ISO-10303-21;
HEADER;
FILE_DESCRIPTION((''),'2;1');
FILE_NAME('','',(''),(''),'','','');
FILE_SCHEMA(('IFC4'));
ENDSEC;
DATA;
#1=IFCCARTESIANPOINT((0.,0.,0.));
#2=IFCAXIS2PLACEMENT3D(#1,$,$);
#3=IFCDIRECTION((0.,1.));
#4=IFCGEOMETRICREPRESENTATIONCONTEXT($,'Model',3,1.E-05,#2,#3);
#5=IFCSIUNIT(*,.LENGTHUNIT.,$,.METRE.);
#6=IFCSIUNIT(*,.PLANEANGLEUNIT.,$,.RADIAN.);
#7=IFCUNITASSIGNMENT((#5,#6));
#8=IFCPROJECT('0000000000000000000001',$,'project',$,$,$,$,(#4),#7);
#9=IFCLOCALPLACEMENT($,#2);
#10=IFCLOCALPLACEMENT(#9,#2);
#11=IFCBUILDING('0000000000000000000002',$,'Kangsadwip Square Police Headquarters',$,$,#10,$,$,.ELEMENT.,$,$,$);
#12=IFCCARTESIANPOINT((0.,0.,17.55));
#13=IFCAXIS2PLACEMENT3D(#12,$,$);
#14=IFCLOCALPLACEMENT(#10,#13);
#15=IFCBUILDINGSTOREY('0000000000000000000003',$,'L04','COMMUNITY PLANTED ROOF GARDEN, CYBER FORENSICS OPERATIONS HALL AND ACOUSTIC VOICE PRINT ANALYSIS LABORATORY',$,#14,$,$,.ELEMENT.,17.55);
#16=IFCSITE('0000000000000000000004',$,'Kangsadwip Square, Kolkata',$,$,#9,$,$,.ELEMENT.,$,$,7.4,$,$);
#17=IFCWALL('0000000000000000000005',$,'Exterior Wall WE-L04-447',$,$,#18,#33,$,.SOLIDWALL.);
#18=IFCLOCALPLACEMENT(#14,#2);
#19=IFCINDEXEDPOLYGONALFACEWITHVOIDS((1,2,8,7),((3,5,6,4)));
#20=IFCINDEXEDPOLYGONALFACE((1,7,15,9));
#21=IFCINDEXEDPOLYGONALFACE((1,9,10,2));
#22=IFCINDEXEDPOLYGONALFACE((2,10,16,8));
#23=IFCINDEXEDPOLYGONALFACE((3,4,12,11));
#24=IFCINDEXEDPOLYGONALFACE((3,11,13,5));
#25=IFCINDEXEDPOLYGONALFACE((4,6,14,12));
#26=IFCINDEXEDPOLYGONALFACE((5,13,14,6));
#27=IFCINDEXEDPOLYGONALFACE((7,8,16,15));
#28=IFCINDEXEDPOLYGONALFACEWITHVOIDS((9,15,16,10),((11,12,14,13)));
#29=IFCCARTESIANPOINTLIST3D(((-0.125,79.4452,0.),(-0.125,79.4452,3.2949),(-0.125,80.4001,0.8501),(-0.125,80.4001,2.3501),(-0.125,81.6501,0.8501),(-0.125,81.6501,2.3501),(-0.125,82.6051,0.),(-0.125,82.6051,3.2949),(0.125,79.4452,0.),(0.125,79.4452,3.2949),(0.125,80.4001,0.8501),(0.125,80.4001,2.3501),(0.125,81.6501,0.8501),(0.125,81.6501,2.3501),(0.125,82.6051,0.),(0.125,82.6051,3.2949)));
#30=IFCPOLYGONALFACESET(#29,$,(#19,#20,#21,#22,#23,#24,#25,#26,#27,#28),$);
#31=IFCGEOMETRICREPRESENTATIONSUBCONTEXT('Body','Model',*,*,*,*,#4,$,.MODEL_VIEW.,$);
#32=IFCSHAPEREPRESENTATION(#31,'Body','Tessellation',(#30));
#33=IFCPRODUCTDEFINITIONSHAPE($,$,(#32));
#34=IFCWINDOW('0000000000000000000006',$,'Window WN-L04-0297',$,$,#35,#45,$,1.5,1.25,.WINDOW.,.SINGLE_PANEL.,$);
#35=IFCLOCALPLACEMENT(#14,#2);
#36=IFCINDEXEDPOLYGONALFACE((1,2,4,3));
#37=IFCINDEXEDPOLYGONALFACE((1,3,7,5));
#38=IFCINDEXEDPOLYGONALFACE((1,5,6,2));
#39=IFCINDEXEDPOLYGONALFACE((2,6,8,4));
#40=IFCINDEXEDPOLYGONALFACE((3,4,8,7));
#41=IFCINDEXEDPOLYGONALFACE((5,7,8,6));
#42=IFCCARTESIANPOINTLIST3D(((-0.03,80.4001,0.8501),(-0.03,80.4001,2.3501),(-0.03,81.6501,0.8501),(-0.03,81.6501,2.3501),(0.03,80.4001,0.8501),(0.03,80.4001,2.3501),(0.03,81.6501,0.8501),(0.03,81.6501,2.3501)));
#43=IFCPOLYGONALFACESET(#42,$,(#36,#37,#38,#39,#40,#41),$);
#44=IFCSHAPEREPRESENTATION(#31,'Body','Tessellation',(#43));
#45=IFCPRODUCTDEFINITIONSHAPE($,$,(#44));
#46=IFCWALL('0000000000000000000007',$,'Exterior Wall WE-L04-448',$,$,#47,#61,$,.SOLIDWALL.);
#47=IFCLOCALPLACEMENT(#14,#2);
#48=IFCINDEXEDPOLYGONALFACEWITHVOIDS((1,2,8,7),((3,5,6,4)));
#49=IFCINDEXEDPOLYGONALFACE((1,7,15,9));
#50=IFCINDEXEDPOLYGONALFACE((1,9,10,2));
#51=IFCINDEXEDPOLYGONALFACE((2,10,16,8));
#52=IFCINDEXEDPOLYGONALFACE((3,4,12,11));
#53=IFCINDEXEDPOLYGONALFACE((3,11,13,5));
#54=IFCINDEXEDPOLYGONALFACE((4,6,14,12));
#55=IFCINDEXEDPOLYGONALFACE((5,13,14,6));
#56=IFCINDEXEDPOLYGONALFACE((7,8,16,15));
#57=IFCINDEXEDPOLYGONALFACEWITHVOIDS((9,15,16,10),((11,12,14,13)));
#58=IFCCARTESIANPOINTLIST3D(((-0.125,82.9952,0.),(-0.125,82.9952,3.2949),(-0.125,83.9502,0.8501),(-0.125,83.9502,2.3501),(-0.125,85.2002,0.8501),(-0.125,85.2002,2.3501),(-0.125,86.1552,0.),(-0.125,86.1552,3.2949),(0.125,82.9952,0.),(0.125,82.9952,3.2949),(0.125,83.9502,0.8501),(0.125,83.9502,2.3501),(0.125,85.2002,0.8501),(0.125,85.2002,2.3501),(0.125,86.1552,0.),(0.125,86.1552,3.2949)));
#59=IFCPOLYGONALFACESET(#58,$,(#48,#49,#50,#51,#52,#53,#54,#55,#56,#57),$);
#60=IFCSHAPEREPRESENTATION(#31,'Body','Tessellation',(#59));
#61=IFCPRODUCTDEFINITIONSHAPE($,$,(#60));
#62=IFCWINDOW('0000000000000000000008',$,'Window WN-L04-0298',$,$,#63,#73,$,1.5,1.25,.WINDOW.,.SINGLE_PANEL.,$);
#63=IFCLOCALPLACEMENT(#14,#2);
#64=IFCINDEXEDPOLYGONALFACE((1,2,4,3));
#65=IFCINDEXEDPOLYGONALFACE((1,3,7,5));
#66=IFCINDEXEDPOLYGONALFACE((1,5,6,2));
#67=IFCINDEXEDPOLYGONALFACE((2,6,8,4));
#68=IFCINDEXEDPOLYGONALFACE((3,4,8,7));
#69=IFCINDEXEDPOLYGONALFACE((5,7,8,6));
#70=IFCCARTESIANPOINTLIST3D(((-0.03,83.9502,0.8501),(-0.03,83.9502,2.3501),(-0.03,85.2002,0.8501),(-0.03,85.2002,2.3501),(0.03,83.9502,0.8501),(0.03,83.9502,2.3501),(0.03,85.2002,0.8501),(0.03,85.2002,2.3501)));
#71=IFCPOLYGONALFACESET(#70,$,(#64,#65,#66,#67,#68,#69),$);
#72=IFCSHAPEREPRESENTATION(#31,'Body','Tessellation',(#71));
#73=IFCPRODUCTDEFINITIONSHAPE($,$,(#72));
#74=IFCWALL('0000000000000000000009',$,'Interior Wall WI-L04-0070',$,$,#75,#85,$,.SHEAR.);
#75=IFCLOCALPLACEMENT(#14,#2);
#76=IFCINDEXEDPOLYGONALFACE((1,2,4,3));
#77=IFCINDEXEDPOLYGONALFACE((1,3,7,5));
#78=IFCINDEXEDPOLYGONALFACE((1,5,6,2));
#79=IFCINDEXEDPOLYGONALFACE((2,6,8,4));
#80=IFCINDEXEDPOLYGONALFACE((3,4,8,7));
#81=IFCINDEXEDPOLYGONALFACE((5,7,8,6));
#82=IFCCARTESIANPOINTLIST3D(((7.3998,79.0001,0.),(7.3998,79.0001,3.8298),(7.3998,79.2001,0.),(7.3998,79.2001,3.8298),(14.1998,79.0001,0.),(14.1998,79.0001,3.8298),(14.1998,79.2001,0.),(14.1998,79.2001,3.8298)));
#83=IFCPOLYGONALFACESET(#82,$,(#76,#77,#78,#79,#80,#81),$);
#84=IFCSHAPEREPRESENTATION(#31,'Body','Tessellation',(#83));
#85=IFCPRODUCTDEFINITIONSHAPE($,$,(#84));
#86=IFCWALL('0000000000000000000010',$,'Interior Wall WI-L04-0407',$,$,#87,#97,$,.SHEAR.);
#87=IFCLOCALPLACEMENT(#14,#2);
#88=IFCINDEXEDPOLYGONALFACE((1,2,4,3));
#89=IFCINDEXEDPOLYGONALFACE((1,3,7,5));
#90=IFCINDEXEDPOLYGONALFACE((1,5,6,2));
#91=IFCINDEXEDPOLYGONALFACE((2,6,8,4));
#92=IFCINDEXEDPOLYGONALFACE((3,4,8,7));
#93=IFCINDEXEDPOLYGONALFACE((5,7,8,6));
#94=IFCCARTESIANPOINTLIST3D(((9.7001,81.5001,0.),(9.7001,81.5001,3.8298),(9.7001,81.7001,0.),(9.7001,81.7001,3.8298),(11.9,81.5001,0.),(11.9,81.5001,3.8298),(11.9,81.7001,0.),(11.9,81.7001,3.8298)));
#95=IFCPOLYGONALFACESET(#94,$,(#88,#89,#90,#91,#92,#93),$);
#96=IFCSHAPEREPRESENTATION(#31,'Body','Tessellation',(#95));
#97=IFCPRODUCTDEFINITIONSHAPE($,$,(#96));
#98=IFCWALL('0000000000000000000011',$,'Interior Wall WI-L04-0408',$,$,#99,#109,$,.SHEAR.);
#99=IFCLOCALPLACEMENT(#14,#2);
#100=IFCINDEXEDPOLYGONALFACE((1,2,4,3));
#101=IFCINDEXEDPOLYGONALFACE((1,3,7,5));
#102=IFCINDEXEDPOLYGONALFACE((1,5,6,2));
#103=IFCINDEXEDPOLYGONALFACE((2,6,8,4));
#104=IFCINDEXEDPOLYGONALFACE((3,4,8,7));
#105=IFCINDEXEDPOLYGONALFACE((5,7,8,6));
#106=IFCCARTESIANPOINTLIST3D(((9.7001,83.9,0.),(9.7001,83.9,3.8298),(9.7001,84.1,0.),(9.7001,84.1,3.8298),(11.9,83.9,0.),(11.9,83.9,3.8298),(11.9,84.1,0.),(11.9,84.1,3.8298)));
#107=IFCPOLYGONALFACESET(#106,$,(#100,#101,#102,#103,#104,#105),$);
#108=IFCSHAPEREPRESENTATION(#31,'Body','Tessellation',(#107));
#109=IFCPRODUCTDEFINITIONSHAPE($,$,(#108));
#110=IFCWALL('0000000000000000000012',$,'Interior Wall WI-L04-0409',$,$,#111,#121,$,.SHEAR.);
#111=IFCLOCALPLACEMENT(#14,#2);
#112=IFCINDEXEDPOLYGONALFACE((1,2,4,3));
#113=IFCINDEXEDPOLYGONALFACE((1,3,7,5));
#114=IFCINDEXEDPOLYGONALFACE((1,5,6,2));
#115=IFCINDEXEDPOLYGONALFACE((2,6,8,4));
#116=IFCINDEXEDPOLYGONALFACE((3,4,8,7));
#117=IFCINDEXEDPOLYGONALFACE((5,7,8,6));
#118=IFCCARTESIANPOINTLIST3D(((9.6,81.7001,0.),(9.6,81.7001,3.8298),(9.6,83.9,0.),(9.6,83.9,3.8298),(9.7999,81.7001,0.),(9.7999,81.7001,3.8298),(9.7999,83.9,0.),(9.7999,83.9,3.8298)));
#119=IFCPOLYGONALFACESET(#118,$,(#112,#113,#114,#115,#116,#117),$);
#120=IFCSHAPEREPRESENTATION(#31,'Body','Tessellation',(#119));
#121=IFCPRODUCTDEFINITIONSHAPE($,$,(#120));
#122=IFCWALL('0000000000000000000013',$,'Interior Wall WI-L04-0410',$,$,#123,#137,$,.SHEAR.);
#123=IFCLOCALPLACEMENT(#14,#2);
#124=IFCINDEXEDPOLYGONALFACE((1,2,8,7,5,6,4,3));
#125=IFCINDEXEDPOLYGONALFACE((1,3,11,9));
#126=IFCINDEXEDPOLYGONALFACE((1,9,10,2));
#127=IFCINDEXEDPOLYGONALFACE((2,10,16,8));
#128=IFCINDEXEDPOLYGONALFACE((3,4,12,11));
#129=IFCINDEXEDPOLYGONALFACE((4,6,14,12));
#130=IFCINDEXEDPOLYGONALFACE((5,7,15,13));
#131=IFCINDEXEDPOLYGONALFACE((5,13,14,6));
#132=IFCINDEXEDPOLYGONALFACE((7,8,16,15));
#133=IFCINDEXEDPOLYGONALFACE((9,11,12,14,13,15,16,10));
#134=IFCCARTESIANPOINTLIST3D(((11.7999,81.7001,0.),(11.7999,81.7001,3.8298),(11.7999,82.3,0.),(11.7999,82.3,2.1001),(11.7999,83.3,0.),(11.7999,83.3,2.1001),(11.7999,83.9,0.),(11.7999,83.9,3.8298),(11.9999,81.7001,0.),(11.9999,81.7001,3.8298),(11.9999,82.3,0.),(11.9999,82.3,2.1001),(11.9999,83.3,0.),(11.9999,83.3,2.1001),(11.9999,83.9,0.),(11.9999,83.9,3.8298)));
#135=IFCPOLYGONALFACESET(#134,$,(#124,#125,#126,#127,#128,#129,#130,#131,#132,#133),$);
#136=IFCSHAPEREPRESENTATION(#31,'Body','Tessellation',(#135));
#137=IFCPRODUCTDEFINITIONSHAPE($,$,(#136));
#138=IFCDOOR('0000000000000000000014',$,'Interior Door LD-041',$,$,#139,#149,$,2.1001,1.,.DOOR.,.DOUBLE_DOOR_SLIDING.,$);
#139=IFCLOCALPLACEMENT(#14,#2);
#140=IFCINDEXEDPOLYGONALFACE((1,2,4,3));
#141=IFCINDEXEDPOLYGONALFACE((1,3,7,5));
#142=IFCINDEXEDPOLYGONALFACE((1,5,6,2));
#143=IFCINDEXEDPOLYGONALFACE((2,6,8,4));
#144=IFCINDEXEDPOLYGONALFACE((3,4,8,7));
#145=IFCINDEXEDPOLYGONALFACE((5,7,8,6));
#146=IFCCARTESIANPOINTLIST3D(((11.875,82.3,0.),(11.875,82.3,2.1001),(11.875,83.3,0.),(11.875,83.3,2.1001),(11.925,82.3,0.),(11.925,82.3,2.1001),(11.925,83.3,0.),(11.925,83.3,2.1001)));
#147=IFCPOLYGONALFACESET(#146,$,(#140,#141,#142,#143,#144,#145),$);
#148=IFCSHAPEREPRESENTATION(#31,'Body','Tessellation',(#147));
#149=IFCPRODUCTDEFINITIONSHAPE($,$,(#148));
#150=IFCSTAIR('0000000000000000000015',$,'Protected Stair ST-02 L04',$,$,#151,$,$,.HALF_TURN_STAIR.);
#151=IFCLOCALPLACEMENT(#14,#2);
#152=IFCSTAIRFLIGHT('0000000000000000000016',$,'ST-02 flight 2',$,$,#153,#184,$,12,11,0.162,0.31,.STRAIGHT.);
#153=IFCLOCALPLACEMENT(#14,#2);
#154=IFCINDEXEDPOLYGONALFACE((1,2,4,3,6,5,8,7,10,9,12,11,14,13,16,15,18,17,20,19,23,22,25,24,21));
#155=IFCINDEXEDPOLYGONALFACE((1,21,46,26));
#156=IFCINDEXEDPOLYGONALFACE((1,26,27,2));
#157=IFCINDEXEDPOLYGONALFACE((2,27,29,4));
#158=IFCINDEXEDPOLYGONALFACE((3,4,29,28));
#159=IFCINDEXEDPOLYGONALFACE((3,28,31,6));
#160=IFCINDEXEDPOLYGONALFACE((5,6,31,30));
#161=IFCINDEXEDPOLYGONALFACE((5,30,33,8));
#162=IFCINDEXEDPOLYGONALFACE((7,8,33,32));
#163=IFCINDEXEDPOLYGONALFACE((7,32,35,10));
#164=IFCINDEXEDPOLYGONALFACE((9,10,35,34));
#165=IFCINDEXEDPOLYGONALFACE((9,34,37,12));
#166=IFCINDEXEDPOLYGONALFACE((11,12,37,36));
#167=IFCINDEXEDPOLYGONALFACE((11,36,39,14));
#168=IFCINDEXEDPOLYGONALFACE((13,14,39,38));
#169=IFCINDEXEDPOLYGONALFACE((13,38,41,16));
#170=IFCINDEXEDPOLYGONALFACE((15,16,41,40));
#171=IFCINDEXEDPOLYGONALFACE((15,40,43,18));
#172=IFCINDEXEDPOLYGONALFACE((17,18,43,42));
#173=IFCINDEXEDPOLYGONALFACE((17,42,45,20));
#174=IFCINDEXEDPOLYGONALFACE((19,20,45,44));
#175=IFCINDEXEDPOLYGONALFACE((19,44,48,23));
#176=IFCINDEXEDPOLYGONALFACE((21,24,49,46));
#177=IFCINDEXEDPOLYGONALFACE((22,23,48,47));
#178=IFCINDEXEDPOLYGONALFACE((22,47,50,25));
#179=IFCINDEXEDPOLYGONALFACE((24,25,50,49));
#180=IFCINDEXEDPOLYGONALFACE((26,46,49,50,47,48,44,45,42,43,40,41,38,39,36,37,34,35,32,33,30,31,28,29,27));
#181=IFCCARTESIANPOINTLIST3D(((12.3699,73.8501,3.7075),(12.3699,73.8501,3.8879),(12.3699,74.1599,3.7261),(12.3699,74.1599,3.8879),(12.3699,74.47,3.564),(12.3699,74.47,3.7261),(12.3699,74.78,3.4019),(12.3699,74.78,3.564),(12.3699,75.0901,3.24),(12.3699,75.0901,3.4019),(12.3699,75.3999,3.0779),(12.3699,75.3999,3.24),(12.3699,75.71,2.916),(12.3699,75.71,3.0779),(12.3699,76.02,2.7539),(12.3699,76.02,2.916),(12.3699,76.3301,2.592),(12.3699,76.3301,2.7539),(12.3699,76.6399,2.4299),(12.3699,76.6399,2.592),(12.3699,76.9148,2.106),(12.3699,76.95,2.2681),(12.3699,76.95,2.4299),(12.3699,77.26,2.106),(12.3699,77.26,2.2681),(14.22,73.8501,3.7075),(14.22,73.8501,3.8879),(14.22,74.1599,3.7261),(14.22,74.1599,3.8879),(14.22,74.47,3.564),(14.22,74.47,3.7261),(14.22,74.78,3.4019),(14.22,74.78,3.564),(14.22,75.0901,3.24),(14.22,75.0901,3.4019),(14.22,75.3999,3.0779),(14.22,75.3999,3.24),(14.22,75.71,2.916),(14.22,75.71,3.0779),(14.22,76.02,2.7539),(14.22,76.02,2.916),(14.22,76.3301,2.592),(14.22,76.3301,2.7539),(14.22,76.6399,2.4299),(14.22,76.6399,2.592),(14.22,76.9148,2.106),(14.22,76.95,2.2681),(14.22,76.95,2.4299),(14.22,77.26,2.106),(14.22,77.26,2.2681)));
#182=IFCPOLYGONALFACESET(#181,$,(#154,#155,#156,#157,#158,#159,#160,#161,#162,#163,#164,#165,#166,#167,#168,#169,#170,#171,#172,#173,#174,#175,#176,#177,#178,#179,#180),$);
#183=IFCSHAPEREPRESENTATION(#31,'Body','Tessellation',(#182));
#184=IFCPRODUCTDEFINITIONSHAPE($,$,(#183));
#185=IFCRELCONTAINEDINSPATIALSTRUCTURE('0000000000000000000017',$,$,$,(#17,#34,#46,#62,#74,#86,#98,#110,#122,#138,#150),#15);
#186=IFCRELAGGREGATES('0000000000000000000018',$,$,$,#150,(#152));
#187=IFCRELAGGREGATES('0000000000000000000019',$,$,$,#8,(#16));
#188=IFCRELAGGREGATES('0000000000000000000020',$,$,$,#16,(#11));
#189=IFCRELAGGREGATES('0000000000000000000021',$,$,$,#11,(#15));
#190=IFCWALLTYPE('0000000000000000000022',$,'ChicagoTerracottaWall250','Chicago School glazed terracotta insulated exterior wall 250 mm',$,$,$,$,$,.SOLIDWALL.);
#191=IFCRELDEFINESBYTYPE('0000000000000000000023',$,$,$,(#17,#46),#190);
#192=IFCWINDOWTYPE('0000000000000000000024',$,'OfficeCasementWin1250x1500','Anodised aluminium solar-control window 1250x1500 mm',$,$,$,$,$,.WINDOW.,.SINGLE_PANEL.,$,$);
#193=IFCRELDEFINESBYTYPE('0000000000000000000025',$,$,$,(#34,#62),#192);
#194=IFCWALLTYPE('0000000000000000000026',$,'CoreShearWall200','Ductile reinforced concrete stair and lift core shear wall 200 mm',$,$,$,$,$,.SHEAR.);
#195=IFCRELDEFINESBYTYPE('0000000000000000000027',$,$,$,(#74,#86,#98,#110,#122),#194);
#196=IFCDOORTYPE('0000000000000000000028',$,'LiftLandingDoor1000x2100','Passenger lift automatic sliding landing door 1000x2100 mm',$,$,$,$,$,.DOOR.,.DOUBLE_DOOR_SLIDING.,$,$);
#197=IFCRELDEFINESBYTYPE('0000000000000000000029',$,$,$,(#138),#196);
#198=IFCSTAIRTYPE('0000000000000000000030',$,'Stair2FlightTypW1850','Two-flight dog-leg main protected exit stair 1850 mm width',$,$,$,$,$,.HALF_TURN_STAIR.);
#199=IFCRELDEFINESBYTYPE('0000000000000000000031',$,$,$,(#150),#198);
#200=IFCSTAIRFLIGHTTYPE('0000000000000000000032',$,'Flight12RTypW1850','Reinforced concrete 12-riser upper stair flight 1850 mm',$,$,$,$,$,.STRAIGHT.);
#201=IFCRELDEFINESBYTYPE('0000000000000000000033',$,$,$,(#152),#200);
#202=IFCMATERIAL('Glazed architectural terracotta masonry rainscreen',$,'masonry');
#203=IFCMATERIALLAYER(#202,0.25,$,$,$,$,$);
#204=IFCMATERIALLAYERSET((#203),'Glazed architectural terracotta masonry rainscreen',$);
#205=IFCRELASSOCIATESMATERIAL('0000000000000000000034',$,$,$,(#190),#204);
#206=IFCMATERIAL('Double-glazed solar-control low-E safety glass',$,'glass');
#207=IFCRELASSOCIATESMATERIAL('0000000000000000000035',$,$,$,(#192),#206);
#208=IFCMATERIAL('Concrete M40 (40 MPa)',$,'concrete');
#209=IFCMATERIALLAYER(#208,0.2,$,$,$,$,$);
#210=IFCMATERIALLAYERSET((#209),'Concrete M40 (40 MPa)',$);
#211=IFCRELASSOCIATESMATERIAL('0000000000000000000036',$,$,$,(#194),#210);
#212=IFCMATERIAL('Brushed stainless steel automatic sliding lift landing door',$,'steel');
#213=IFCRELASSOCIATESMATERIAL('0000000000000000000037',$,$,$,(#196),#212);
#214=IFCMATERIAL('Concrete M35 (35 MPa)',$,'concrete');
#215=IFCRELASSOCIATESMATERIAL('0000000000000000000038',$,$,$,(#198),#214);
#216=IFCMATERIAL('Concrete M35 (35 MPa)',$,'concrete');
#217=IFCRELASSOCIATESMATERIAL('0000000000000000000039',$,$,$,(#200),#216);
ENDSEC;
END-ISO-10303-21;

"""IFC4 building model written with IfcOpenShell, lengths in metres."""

from ifc_helpers import new_model, si_unit, direction, frame, frame_2d, origin, place, context, subcontext, project, spatial, polyline, rectangle, outline, extrude, material, layer, layer_set, type_object, element, fill, aggregate, save


model = new_model("IFC4")

# Units and contexts
model_context = context("Model", 3, precision=1e-05, world=origin(), true_north=direction((0.0, 1.0)))
body_context = subcontext(model_context, "Body", "Model", "MODEL_VIEW")
ifc_project = project(units=[si_unit("LENGTHUNIT", "METRE"), si_unit("PLANEANGLEUNIT", "RADIAN")], contexts=[model_context])

# Site, building, storey
site_placement = place(None, origin())
site = spatial("IfcSite", under=ifc_project, at=site_placement, Name="Kangsadwip Square, Kolkata", CompositionType="ELEMENT", RefElevation=7.4)
building_placement = place(site_placement, origin())
building = spatial("IfcBuilding", under=site, at=building_placement, Name="Kangsadwip Square Police Headquarters", CompositionType="ELEMENT")
storey_placement = place(building_placement, frame((0.0, 0.0, 17.55)))
storey = spatial("IfcBuildingStorey", under=building, at=storey_placement, Name="L04", Description="COMMUNITY PLANTED ROOF GARDEN, CYBER FORENSICS OPERATIONS HALL AND ACOUSTIC VOICE PRINT ANALYSIS LABORATORY", CompositionType="ELEMENT", Elevation=17.55)

# Walls, openings, windows
ifc_material_1 = material(Name="Glazed architectural terracotta masonry rainscreen", Category="masonry")
ifc_layer_1 = layer(ifc_material_1, 0.25)
ifc_layer_set_1 = layer_set([ifc_layer_1], Name="Glazed architectural terracotta masonry rainscreen")
wall_type_1 = type_object("IfcWallType", Name="ChicagoTerracottaWall250", Description="Chicago School glazed terracotta insulated exterior wall 250 mm", PredefinedType="SOLIDWALL", material=ifc_layer_set_1)
wall_1_placement = place(storey_placement, frame((0.0, 79.4451, 0.0), z_axis=(0.0, 0.0, 1.0), x_axis=(0.0, 1.0, 0.0)))
wall_1 = element("IfcWall", 1, at=wall_1_placement, inside=storey, type_object=wall_type_1, Name="Exterior Wall WE-L04-447", PredefinedType="SOLIDWALL", context=body_context, shape_type="SweptSolid", body=[
    extrude(rectangle(XDim=3.1599, YDim=0.25, at=frame_2d((1.5801, 0.0))), origin(), (0.0, 0.0, 1.0), 3.2949),
])
opening_1_placement = place(wall_1_placement, frame((0.9551, 0.0, 0.8501)))
opening_1 = element("IfcOpeningElement", 2, at=opening_1_placement, cuts=wall_1, PredefinedType="OPENING", context=body_context, shape_type="SweptSolid", body=[
    extrude(rectangle(XDim=1.25, YDim=1.5, at=frame_2d((0.625, 0.75))), frame((0.0, 0.135, 0.0), z_axis=(0.0, -1.0, 0.0), x_axis=(1.0, 0.0, 0.0)), (0.0, 0.0, 1.0), 0.27),
])
ifc_material_2 = material(Name="Double-glazed solar-control low-E safety glass", Category="glass")
window_type = type_object("IfcWindowType", Name="OfficeCasementWin1250x1500", Description="Anodised aluminium solar-control window 1250x1500 mm", PartitioningType="SINGLE_PANEL", PredefinedType="WINDOW", material=ifc_material_2)
window_1_placement = place(opening_1_placement, origin())
window_1 = element("IfcWindow", 3, at=window_1_placement, inside=storey, type_object=window_type, Name="Window WN-L04-0297", OverallHeight=1.5, OverallWidth=1.25, PartitioningType="SINGLE_PANEL", PredefinedType="WINDOW", context=body_context, shape_type="SweptSolid", body=[
    extrude(rectangle(XDim=1.25, YDim=1.5, at=frame_2d((0.625, 0.75))), frame((0.0, 0.03, 0.0), z_axis=(0.0, -1.0, 0.0), x_axis=(1.0, 0.0, 0.0)), (0.0, 0.0, 1.0), 0.0601),
])
fill(opening_1, window_1)
wall_2_placement = place(storey_placement, frame((0.0, 82.9951, 0.0), z_axis=(0.0, 0.0, 1.0), x_axis=(0.0, 1.0, 0.0)))
wall_2 = element("IfcWall", 4, at=wall_2_placement, inside=storey, type_object=wall_type_1, Name="Exterior Wall WE-L04-448", PredefinedType="SOLIDWALL", context=body_context, shape_type="SweptSolid", body=[
    extrude(rectangle(XDim=3.1599, YDim=0.25, at=frame_2d((1.5801, 0.0))), origin(), (0.0, 0.0, 1.0), 3.2949),
])
opening_2_placement = place(wall_2_placement, frame((0.9551, 0.0, 0.8501)))
opening_2 = element("IfcOpeningElement", 5, at=opening_2_placement, cuts=wall_2, PredefinedType="OPENING", context=body_context, shape_type="SweptSolid", body=[
    extrude(rectangle(XDim=1.25, YDim=1.5, at=frame_2d((0.625, 0.75))), frame((0.0, 0.135, 0.0), z_axis=(0.0, -1.0, 0.0), x_axis=(1.0, 0.0, 0.0)), (0.0, 0.0, 1.0), 0.27),
])
window_2_placement = place(opening_2_placement, origin())
window_2 = element("IfcWindow", 6, at=window_2_placement, inside=storey, type_object=window_type, Name="Window WN-L04-0298", OverallHeight=1.5, OverallWidth=1.25, PartitioningType="SINGLE_PANEL", PredefinedType="WINDOW", context=body_context, shape_type="SweptSolid", body=[
    extrude(rectangle(XDim=1.25, YDim=1.5, at=frame_2d((0.625, 0.75))), frame((0.0, 0.03, 0.0), z_axis=(0.0, -1.0, 0.0), x_axis=(1.0, 0.0, 0.0)), (0.0, 0.0, 1.0), 0.0601),
])
fill(opening_2, window_2)

# Walls
ifc_material_3 = material(Name="Concrete M40 (40 MPa)", Category="concrete")
ifc_layer_2 = layer(ifc_material_3, 0.2)
ifc_layer_set_2 = layer_set([ifc_layer_2], Name="Concrete M40 (40 MPa)")
wall_type_2 = type_object("IfcWallType", Name="CoreShearWall200", Description="Ductile reinforced concrete stair and lift core shear wall 200 mm", PredefinedType="SHEAR", material=ifc_layer_set_2)
wall_3_placement = place(storey_placement, frame((7.3999, 79.1001, 0.0), z_axis=(0.0, 0.0, 1.0), x_axis=(1.0, 0.0, 0.0)))
element("IfcWall", 7, at=wall_3_placement, inside=storey, type_object=wall_type_2, Name="Interior Wall WI-L04-0070", PredefinedType="SHEAR", context=body_context, shape_type="SweptSolid", body=[
    extrude(rectangle(XDim=6.8, YDim=0.2, at=frame_2d((3.3999, 0.0))), origin(), (0.0, 0.0, 1.0), 3.8298),
])
for number, where, z_axis, x_axis, name in (
    (8, (9.7, 81.6001, 0.0), (0.0, 0.0, 1.0), (1.0, 0.0, 0.0), "Interior Wall WI-L04-0407"),
    (9, (9.7, 84.0, 0.0), (0.0, 0.0, 1.0), (1.0, 0.0, 0.0), "Interior Wall WI-L04-0408"),
    (10, (9.7, 81.7, 0.0), (0.0, 0.0, 1.0), (0.0, 1.0, 0.0), "Interior Wall WI-L04-0409"),
):
    element("IfcWall", number, at=place(storey_placement, frame(where, z_axis=z_axis, x_axis=x_axis)), inside=storey, type_object=wall_type_2, Name=name, PredefinedType="SHEAR", context=body_context, shape_type="SweptSolid", body=[
        extrude(rectangle(XDim=2.2, YDim=0.2, at=frame_2d((1.1001, 0.0))), origin(), (0.0, 0.0, 1.0), 3.8298),
    ])

# Wall, opening, door
wall_4_placement = place(storey_placement, frame((11.8999, 81.7, 0.0), z_axis=(0.0, 0.0, 1.0), x_axis=(0.0, 1.0, 0.0)))
wall_4 = element("IfcWall", 11, at=wall_4_placement, inside=storey, type_object=wall_type_2, Name="Interior Wall WI-L04-0410", PredefinedType="SHEAR", context=body_context, shape_type="SweptSolid", body=[
    extrude(rectangle(XDim=2.2, YDim=0.2, at=frame_2d((1.1001, 0.0))), origin(), (0.0, 0.0, 1.0), 3.8298),
])
opening_3_placement = place(wall_4_placement, frame((0.6001, 0.0, 0.0)))
opening_3 = element("IfcOpeningElement", 12, at=opening_3_placement, cuts=wall_4, PredefinedType="OPENING", context=body_context, shape_type="SweptSolid", body=[
    extrude(rectangle(XDim=1.0, YDim=2.1001, at=frame_2d((0.5, 1.05))), frame((0.0, 0.1099, 0.0), z_axis=(0.0, -1.0, 0.0), x_axis=(1.0, 0.0, 0.0)), (0.0, 0.0, 1.0), 0.22),
])
ifc_material_4 = material(Name="Brushed stainless steel automatic sliding lift landing door", Category="steel")
door_type = type_object("IfcDoorType", Name="LiftLandingDoor1000x2100", Description="Passenger lift automatic sliding landing door 1000x2100 mm", OperationType="DOUBLE_DOOR_SLIDING", PredefinedType="DOOR", material=ifc_material_4)
door_placement = place(opening_3_placement, origin())
door = element("IfcDoor", 13, at=door_placement, inside=storey, type_object=door_type, Name="Interior Door LD-041", OperationType="DOUBLE_DOOR_SLIDING", OverallHeight=2.1001, OverallWidth=1.0, PredefinedType="DOOR", context=body_context, shape_type="SweptSolid", body=[
    extrude(rectangle(XDim=1.0, YDim=2.1001, at=frame_2d((0.5, 1.05))), frame((0.0, 0.0249, 0.0), z_axis=(0.0, -1.0, 0.0), x_axis=(1.0, 0.0, 0.0)), (0.0, 0.0, 1.0), 0.05),
])
fill(opening_3, door)

# Stair, stair flight
ifc_material_5 = material(Name="Concrete M35 (35 MPa)", Category="concrete")
stair_type = type_object("IfcStairType", Name="Stair2FlightTypW1850", Description="Two-flight dog-leg main protected exit stair 1850 mm width", PredefinedType="HALF_TURN_STAIR", material=ifc_material_5)
stair_placement = place(storey_placement, origin())
stair = element("IfcStair", 14, at=stair_placement, inside=storey, type_object=stair_type, Name="Protected Stair ST-02 L04", PredefinedType="HALF_TURN_STAIR")
ifc_material_6 = material(Name="Concrete M35 (35 MPa)", Category="concrete")
stair_flight_type_1 = type_object("IfcStairFlightType", Name="Flight12RTypW1850", Description="Reinforced concrete 12-riser upper stair flight 1850 mm", PredefinedType="STRAIGHT", material=ifc_material_6)
stair_flight_1_placement = place(storey_placement, frame((13.2949, 77.26, 2.106), z_axis=(0.0, 0.0, 1.0), x_axis=(0.0, -1.0, 0.0)))
stair_flight_1 = element("IfcStairFlight", 15, at=stair_flight_1_placement, type_object=stair_flight_type_1, Name="ST-02 flight 2", NumberOfRisers=12, NumberOfTreads=11, PredefinedType="STRAIGHT", RiserHeight=0.162, TreadLength=0.31, context=body_context, shape_type="SweptSolid", body=[
    extrude(outline(polyline([(0.0, 0.0), (0.0, 0.1621), (0.3101, 0.1621), (0.3101, 0.324), (0.6201, 0.324), (0.6201, 0.4861), (0.9299, 0.4861), (0.9299, 0.6479), (1.24, 0.6479), (1.24, 0.8101), (1.55, 0.8101), (1.55, 0.9719), (1.8601, 0.9719), (1.8601, 1.134), (2.1699, 1.134), (2.1699, 1.2959), (2.48, 1.2959), (2.48, 1.458), (2.79, 1.458), (2.79, 1.6201), (3.1001, 1.6201), (3.1001, 1.782), (3.4099, 1.782), (3.4099, 1.9441), (3.4099, 1.6016), (0.3452, 0.0), (0.0, 0.0)])), frame((0.0, 0.925, 0.0), z_axis=(0.0, -1.0, 0.0), x_axis=(1.0, 0.0, 0.0)), (0.0, 0.0, 1.0), 1.8501),
])
aggregate(stair, [stair_flight_1])

save(model, "model.ifc")
